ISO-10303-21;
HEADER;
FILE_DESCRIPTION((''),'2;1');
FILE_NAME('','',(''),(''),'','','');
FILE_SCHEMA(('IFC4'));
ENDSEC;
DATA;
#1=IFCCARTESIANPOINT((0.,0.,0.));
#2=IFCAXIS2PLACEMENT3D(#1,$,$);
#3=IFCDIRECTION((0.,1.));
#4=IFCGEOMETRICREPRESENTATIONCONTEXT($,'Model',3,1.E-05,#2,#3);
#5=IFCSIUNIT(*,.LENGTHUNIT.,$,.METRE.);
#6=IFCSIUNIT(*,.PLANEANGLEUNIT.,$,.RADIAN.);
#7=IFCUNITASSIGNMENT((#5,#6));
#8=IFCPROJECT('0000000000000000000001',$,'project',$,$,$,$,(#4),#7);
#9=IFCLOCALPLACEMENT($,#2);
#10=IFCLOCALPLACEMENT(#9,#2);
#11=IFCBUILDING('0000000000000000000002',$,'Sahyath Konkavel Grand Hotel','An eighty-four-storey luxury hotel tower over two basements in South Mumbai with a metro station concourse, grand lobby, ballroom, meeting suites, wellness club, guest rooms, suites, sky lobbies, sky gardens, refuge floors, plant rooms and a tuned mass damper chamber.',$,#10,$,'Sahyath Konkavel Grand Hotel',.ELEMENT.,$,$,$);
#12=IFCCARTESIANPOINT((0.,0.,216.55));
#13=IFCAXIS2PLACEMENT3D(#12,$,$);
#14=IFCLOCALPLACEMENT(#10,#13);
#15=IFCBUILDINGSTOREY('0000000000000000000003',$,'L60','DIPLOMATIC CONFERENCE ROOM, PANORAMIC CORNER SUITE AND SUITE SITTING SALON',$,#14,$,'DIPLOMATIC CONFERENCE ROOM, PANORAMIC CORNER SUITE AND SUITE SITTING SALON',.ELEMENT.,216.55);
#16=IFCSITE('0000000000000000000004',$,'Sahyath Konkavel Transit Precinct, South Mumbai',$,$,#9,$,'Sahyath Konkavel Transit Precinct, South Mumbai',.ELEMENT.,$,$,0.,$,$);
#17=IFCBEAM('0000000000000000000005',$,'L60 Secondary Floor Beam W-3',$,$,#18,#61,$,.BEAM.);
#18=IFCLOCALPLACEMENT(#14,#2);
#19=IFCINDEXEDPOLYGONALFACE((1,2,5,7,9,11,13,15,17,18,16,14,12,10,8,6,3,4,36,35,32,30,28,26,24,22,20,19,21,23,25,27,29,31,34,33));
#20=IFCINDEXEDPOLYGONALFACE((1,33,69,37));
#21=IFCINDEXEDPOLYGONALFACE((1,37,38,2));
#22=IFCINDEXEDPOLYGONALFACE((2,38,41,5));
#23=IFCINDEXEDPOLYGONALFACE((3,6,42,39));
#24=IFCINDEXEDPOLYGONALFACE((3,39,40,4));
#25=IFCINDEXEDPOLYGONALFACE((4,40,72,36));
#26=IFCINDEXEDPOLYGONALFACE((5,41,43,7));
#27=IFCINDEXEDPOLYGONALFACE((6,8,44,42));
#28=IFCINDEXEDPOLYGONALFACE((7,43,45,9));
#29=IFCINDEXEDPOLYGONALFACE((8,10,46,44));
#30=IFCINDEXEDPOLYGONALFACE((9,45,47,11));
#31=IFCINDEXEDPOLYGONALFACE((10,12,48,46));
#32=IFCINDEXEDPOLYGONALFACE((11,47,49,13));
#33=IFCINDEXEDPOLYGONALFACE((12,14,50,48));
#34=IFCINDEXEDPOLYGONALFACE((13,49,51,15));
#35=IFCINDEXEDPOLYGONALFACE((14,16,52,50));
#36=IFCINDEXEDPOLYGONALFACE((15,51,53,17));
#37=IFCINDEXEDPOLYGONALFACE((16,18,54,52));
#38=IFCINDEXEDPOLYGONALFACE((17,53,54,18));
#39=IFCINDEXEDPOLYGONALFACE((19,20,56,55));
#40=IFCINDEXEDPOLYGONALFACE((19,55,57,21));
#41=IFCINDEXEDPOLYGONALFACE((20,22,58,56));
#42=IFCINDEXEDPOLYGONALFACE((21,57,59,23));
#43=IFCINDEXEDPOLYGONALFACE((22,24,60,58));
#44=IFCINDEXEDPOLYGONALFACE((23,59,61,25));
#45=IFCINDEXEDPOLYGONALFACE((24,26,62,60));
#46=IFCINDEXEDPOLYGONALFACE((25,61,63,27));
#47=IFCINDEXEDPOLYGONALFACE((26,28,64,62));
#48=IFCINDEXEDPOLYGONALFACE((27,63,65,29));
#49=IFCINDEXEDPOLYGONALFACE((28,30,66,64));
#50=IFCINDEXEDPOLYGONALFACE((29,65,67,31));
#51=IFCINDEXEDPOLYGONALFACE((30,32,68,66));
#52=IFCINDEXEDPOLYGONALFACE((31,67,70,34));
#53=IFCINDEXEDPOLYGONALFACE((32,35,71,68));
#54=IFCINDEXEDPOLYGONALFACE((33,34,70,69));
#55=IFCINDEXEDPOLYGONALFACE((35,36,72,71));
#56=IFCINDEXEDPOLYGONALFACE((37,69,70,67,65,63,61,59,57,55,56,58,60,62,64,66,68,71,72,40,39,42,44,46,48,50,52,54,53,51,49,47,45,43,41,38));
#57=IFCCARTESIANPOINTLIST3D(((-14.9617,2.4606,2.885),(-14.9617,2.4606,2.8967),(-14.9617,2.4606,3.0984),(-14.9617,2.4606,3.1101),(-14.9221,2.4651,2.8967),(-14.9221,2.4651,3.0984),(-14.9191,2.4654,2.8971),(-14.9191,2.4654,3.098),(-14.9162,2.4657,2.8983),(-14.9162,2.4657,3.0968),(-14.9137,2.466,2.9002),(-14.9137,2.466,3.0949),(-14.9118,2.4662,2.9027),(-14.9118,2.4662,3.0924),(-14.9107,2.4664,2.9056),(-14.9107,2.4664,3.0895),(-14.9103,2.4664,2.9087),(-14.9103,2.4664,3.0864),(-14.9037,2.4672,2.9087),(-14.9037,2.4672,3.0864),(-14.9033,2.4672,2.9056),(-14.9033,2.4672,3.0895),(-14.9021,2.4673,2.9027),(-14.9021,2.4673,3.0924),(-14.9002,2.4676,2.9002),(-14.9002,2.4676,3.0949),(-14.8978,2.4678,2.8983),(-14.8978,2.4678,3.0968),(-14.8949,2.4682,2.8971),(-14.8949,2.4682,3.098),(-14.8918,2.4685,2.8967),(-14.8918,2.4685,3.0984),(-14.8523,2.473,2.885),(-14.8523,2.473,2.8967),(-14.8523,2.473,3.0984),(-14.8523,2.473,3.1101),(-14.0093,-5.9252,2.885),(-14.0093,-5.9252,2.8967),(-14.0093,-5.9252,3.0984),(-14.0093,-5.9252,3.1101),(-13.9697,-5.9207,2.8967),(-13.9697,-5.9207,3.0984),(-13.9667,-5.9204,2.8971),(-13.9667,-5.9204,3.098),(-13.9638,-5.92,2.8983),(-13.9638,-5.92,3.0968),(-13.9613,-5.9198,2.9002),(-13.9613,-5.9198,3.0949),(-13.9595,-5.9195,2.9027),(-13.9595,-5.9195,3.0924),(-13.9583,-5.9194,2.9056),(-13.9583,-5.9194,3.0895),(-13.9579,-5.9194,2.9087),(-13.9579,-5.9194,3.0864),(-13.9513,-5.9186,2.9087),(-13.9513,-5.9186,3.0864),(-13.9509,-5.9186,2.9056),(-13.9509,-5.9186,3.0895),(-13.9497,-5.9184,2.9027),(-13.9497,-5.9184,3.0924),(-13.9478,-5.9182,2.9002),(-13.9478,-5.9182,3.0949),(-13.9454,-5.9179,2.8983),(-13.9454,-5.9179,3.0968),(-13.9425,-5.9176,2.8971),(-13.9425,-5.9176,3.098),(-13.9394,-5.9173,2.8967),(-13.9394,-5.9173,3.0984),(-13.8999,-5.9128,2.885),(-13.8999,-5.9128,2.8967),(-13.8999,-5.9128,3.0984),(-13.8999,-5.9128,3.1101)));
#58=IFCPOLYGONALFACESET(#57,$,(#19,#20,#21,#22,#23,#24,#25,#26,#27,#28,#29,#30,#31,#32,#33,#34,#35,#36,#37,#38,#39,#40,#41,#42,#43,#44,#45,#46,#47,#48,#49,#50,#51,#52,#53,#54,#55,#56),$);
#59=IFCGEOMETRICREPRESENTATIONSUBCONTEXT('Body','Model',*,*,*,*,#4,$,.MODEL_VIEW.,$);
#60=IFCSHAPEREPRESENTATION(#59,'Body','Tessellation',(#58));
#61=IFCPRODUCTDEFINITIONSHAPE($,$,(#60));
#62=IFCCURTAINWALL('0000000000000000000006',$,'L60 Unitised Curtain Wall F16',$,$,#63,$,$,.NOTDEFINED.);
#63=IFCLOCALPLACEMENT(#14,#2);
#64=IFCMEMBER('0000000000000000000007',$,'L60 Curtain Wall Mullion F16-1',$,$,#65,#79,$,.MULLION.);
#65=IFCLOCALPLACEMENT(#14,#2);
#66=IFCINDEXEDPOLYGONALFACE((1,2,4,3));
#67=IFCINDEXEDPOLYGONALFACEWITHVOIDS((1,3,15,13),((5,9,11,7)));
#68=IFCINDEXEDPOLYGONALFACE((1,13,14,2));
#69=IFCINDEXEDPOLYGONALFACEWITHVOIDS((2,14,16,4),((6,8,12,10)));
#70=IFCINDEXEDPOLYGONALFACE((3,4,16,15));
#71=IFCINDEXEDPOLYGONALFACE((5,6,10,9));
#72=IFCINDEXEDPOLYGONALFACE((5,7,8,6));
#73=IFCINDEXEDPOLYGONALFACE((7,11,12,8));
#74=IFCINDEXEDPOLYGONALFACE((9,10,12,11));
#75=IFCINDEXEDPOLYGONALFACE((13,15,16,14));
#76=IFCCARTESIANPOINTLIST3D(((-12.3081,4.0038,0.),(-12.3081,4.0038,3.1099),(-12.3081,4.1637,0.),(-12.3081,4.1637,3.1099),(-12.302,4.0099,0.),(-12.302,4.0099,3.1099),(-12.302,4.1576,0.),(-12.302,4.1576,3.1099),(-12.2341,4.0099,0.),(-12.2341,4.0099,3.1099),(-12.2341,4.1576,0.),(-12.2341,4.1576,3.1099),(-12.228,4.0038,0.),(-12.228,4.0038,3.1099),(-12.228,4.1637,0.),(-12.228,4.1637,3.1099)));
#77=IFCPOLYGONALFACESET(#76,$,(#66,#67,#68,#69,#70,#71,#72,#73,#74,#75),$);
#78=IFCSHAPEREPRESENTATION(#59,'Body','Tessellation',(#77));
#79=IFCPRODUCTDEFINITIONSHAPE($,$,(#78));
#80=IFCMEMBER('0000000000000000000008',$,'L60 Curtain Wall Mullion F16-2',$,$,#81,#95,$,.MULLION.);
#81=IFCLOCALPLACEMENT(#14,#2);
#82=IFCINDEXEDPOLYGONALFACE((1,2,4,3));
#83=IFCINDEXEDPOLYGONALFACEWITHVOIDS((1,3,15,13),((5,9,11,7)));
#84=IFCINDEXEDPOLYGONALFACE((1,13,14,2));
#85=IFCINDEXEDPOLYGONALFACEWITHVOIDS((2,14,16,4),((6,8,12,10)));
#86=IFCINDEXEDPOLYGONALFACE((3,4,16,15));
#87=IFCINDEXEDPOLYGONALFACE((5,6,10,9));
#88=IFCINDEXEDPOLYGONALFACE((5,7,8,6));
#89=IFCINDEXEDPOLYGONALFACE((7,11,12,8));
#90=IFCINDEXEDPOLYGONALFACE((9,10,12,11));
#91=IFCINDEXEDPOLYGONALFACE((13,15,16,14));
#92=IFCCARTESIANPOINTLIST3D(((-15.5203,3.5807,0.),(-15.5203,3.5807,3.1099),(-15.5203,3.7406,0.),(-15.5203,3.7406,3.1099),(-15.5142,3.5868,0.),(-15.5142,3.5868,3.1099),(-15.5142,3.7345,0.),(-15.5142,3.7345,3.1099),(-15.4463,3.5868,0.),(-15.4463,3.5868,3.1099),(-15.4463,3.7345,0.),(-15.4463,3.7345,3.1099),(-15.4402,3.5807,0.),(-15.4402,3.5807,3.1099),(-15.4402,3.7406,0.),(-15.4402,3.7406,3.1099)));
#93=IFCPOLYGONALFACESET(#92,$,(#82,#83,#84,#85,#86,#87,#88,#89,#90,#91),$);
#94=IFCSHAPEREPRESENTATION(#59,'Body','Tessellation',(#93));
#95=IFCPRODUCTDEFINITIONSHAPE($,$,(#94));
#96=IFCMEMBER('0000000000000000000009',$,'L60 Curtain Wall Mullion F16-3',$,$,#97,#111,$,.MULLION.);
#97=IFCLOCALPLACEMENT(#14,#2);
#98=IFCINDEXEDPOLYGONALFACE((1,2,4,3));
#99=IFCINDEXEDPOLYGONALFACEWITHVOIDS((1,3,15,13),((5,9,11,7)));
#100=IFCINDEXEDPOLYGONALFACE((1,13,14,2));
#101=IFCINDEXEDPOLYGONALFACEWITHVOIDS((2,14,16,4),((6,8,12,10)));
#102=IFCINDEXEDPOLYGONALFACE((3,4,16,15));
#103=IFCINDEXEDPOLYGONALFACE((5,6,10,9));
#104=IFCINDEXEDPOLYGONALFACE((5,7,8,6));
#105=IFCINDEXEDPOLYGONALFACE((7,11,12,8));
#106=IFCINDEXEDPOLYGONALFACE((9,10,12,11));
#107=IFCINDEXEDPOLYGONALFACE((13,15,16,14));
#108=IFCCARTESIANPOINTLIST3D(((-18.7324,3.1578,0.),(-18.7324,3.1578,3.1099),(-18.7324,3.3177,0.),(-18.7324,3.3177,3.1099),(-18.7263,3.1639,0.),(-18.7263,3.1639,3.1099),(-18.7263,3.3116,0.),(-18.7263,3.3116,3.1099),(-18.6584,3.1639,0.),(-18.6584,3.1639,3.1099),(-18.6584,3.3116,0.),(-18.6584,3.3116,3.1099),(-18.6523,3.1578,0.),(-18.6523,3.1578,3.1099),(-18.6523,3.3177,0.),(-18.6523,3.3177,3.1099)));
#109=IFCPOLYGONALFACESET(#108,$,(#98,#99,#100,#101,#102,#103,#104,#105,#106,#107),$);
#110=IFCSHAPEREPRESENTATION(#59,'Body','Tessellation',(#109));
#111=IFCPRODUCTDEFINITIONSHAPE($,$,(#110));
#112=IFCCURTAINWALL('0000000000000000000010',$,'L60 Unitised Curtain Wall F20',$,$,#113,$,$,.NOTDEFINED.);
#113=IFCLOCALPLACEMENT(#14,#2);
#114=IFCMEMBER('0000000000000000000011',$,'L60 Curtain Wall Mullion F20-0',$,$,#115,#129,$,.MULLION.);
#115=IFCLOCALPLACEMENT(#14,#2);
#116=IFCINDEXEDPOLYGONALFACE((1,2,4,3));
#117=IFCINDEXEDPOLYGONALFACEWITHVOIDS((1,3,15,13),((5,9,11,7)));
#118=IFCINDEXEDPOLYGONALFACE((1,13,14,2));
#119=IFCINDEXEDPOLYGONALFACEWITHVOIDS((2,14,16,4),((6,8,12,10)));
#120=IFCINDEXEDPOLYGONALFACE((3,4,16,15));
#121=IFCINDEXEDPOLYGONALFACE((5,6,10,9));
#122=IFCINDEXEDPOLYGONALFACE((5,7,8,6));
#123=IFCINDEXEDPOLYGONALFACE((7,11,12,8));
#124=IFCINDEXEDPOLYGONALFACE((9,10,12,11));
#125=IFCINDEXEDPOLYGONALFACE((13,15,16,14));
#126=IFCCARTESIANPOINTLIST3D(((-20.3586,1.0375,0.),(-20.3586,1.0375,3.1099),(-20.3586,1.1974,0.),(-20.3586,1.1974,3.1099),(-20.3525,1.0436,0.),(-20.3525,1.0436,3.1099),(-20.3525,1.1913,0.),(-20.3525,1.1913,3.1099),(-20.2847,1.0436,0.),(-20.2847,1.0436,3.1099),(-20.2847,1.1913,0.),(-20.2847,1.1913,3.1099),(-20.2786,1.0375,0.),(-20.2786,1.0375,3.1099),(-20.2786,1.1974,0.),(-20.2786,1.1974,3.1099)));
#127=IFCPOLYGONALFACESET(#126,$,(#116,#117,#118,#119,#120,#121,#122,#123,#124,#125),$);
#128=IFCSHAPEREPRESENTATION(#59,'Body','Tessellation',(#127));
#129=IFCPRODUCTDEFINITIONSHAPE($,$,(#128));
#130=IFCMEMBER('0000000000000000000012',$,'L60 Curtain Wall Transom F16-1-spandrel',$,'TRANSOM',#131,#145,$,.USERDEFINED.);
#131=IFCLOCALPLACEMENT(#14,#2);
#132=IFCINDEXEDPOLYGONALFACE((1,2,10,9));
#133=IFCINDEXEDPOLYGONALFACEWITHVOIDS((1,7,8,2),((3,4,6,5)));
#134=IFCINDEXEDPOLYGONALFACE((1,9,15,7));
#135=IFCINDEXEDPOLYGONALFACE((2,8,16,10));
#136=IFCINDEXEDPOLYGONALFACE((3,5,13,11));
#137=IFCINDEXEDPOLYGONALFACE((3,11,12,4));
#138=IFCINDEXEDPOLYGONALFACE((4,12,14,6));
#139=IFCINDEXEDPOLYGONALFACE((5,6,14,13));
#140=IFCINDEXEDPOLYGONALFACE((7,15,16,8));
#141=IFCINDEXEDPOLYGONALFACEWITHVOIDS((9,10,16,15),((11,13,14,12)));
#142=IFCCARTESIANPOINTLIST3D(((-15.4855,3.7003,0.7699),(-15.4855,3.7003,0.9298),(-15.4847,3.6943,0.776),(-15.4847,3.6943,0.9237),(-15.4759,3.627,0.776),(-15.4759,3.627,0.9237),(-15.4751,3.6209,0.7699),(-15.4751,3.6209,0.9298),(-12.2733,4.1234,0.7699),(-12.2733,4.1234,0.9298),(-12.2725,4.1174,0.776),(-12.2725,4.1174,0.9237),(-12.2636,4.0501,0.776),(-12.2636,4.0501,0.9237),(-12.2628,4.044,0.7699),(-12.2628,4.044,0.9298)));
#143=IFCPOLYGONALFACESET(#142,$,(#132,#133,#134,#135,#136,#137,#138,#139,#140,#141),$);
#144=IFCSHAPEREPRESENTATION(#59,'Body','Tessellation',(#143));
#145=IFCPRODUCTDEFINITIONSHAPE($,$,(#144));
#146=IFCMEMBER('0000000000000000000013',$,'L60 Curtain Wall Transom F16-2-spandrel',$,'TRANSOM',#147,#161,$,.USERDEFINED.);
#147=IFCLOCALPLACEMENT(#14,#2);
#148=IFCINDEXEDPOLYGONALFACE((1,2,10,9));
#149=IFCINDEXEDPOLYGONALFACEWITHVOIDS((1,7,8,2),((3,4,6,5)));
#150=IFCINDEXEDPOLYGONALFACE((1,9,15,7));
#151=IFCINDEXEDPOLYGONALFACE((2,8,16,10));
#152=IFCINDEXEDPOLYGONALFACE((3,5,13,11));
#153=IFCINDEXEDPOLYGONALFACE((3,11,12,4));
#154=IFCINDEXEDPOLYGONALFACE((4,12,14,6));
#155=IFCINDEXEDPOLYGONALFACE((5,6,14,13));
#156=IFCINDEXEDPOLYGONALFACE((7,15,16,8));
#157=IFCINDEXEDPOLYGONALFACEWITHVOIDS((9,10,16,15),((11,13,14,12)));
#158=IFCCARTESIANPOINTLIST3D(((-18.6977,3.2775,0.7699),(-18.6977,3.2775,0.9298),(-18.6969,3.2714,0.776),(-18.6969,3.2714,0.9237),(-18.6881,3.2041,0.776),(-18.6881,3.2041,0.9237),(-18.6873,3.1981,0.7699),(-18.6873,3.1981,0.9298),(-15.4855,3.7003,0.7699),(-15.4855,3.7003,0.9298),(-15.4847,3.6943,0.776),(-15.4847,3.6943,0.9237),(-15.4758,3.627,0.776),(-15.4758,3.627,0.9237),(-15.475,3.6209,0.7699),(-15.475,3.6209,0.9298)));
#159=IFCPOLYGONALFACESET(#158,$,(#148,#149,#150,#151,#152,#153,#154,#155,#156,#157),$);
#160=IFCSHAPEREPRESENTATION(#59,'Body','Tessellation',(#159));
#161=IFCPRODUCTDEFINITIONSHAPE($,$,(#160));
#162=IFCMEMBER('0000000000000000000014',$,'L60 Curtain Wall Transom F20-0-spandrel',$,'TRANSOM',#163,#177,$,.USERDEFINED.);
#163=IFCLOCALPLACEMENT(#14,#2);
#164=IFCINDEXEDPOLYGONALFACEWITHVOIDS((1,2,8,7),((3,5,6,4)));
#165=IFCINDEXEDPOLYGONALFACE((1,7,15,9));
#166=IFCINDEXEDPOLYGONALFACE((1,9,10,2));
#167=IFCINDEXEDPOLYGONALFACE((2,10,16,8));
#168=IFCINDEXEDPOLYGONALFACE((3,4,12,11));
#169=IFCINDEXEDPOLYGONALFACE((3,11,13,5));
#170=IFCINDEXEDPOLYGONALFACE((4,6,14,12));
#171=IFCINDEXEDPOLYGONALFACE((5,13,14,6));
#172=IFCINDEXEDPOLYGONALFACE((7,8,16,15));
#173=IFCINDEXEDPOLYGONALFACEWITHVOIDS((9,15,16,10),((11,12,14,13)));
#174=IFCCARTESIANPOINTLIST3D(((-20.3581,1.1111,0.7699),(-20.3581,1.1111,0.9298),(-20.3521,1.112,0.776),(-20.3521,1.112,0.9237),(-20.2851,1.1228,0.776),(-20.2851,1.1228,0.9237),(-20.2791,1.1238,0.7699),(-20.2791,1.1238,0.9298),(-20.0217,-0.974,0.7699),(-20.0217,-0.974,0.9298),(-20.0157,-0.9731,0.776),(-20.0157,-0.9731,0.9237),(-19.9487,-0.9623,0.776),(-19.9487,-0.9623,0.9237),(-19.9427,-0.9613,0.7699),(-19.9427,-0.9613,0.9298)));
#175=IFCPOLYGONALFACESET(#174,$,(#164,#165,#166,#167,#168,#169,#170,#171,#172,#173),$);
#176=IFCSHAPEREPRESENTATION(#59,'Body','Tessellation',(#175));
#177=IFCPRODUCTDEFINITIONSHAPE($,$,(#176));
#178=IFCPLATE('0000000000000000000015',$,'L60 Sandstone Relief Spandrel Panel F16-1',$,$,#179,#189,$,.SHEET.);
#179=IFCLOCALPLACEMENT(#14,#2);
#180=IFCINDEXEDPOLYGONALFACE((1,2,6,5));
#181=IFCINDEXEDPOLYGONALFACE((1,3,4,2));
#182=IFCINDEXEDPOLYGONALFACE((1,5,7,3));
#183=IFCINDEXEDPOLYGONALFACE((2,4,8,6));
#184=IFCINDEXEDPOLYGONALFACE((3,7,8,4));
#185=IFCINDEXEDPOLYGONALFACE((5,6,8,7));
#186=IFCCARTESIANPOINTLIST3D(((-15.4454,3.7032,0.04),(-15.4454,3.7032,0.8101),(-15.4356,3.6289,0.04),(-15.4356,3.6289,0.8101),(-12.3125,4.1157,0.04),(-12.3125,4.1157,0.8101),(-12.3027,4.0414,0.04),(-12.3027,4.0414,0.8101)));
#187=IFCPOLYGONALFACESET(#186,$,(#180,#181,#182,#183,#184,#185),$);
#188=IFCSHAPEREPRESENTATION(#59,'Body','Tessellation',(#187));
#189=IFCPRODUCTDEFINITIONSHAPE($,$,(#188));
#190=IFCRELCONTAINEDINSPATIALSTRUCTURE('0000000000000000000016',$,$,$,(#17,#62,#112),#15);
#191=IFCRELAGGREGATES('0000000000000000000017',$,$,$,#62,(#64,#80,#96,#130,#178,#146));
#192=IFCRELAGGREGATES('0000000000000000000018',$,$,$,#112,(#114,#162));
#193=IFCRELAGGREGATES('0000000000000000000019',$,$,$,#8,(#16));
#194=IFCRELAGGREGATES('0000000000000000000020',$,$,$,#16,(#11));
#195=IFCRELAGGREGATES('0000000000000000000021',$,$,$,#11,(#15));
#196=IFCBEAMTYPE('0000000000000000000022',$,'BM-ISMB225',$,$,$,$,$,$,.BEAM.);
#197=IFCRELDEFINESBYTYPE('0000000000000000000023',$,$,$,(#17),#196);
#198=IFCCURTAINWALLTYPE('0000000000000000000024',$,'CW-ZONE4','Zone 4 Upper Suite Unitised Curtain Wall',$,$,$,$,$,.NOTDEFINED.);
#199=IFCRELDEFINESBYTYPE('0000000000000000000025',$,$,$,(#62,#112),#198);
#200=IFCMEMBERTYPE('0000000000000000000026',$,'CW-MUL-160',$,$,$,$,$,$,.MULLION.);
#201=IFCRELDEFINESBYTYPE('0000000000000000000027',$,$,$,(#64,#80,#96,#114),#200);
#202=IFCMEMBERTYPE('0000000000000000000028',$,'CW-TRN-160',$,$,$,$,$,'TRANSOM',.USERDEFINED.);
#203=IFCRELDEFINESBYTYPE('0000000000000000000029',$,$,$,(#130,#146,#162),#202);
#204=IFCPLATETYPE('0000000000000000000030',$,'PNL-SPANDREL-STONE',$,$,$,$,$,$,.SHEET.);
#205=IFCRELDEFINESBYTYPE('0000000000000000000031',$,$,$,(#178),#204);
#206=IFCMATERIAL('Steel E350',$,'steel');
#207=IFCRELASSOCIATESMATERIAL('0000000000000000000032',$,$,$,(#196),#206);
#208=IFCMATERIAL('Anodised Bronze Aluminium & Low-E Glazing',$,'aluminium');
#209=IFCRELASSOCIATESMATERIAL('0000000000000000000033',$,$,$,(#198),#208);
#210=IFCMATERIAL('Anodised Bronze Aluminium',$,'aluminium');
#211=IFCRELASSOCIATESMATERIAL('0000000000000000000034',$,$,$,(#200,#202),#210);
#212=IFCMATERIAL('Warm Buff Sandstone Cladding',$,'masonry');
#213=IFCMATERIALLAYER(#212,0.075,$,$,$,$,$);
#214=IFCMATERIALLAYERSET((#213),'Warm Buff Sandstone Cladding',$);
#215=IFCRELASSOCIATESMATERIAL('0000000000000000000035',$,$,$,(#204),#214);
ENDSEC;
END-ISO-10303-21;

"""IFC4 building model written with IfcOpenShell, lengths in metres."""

from ifc_helpers import new_model, si_unit, direction, frame, origin, origin_2d, place, context, subcontext, project, spatial, rectangle, hollow_rectangle, i_section, extrude, source, transform, mapped, material, layer, layer_set, material_profile, profile_set, type_object, element, aggregate, save


model = new_model("IFC4")

# Units and contexts
model_context = context("Model", 3, precision=1e-05, world=origin(), true_north=direction((0.0, 1.0)))
body_context = subcontext(model_context, "Body", "Model", "MODEL_VIEW")
ifc_project = project(units=[si_unit("LENGTHUNIT", "METRE"), si_unit("PLANEANGLEUNIT", "RADIAN")], contexts=[model_context])

# Site, building, storey
site_placement = place(None, origin())
site = spatial("IfcSite", under=ifc_project, at=site_placement, Name="Sahyath Konkavel Transit Precinct, South Mumbai", LongName="Sahyath Konkavel Transit Precinct, South Mumbai", CompositionType="ELEMENT", RefElevation=0.0)
building_placement = place(site_placement, origin())
building = spatial("IfcBuilding", under=site, at=building_placement, Name="Sahyath Konkavel Grand Hotel", Description="An eighty-four-storey luxury hotel tower over two basements in South Mumbai with a metro station concourse, grand lobby, ballroom, meeting suites, wellness club, guest rooms, suites, sky lobbies, sky gardens, refuge floors, plant rooms and a tuned mass damper chamber.", LongName="Sahyath Konkavel Grand Hotel", CompositionType="ELEMENT")
storey_placement = place(building_placement, frame((0.0, 0.0, 216.55)))
storey = spatial("IfcBuildingStorey", under=building, at=storey_placement, Name="L60", Description="DIPLOMATIC CONFERENCE ROOM, PANORAMIC CORNER SUITE AND SUITE SITTING SALON", LongName="DIPLOMATIC CONFERENCE ROOM, PANORAMIC CORNER SUITE AND SUITE SITTING SALON", CompositionType="ELEMENT", Elevation=216.55)

# Beam
ifc_material_1 = material(Name="Steel E350", Category="steel")
ifc_material_profile_1 = material_profile(ifc_material_1, i_section(OverallWidth=0.1101, OverallDepth=0.2251, WebThickness=0.0066, FlangeThickness=0.0117, FilletRadius=0.012, at=origin_2d()), Name="ISMB 225")
ifc_profile_set_1 = profile_set([ifc_material_profile_1], Name="Steel E350")
beam_type_1 = type_object("IfcBeamType", Name="BM-ISMB225", PredefinedType="BEAM", material=ifc_profile_set_1)
shared_shape_1 = source(origin(), body_context, "Body", "SweptSolid", [
    extrude(i_section(OverallWidth=0.1101, OverallDepth=0.2251, WebThickness=0.0066, FlangeThickness=0.0117, FilletRadius=0.012, at=origin_2d()), origin(), (0.0, 0.0, 1.0), 8.4397),
])
beam_1_placement = place(storey_placement, frame((-14.907, 2.4668, 2.9976), z_axis=(0.112847, -0.993612, 0.0), x_axis=(0.993612, 0.112847, 0.0)))
element("IfcBeam", 1, at=beam_1_placement, inside=storey, type_object=beam_type_1, Name="L60 Secondary Floor Beam W-3", PredefinedType="BEAM", context=body_context, shape_type="MappedRepresentation", body=[
    mapped(shared_shape_1, transform((0.0, 0.0, 0.0), scale=1.0)),
])

# Curtain wall, members
ifc_material_2 = material(Name="Anodised Bronze Aluminium & Low-E Glazing", Category="aluminium")
curtain_wall_type = type_object("IfcCurtainWallType", Name="CW-ZONE4", Description="Zone 4 Upper Suite Unitised Curtain Wall", PredefinedType="NOTDEFINED", material=ifc_material_2)
curtain_wall_1_placement = place(storey_placement, origin())
curtain_wall_1 = element("IfcCurtainWall", 2, at=curtain_wall_1_placement, inside=storey, type_object=curtain_wall_type, Name="L60 Unitised Curtain Wall F16", PredefinedType="NOTDEFINED")
ifc_material_3 = material(Name="Anodised Bronze Aluminium", Category="aluminium")
ifc_material_profile_2 = material_profile(ifc_material_3, hollow_rectangle(XDim=0.0801, YDim=0.1599, WallThickness=0.0061, at=origin_2d()), Name="RHS 160x80x6")
ifc_profile_set_2 = profile_set([ifc_material_profile_2], Name="Anodised Bronze Aluminium")
member_type_1 = type_object("IfcMemberType", Name="CW-MUL-160", PredefinedType="MULLION", material=ifc_profile_set_2)
shared_shape_2 = source(origin(), body_context, "Body", "SweptSolid", [
    extrude(hollow_rectangle(XDim=0.0801, YDim=0.1599, WallThickness=0.0061, at=origin_2d()), origin(), (0.0, 0.0, 1.0), 3.1099),
])
member_1_placement = place(storey_placement, frame((-12.2681, 4.0837, 0.0), z_axis=(0.0, 0.0, 1.0), x_axis=(1.0, 0.0, 0.0)))
member_1 = element("IfcMember", 3, at=member_1_placement, type_object=member_type_1, Name="L60 Curtain Wall Mullion F16-1", PredefinedType="MULLION", context=body_context, shape_type="MappedRepresentation", body=[
    mapped(shared_shape_2, transform((0.0, 0.0, 0.0), scale=1.0)),
])
member_2_placement = place(storey_placement, frame((-15.4802, 3.6606, 0.0), z_axis=(0.0, 0.0, 1.0), x_axis=(1.0, 0.0, 0.0)))
member_2 = element("IfcMember", 4, at=member_2_placement, type_object=member_type_1, Name="L60 Curtain Wall Mullion F16-2", PredefinedType="MULLION", context=body_context, shape_type="MappedRepresentation", body=[
    mapped(shared_shape_2, transform((0.0, 0.0, 0.0), scale=1.0)),
])
member_3_placement = place(storey_placement, frame((-18.6924, 3.2378, 0.0), z_axis=(0.0, 0.0, 1.0), x_axis=(1.0, 0.0, 0.0)))
member_3 = element("IfcMember", 5, at=member_3_placement, type_object=member_type_1, Name="L60 Curtain Wall Mullion F16-3", PredefinedType="MULLION", context=body_context, shape_type="MappedRepresentation", body=[
    mapped(shared_shape_2, transform((0.0, 0.0, 0.0), scale=1.0)),
])

# Curtain wall, member
curtain_wall_2_placement = place(storey_placement, origin())
curtain_wall_2 = element("IfcCurtainWall", 6, at=curtain_wall_2_placement, inside=storey, type_object=curtain_wall_type, Name="L60 Unitised Curtain Wall F20", PredefinedType="NOTDEFINED")
member_4_placement = place(storey_placement, frame((-20.3186, 1.1174, 0.0), z_axis=(0.0, 0.0, 1.0), x_axis=(1.0, 0.0, 0.0)))
member_4 = element("IfcMember", 7, at=member_4_placement, type_object=member_type_1, Name="L60 Curtain Wall Mullion F20-0", PredefinedType="MULLION", context=body_context, shape_type="MappedRepresentation", body=[
    mapped(shared_shape_2, transform((0.0, 0.0, 0.0), scale=1.0)),
])

# Members
ifc_material_profile_3 = material_profile(ifc_material_3, hollow_rectangle(XDim=0.0801, YDim=0.1599, WallThickness=0.0061, at=origin_2d()), Name="RHS 160x80x6")
ifc_profile_set_3 = profile_set([ifc_material_profile_3], Name="Anodised Bronze Aluminium")
member_type_2 = type_object("IfcMemberType", Name="CW-TRN-160", ElementType="TRANSOM", PredefinedType="USERDEFINED", material=ifc_profile_set_3)
shared_shape_3 = source(origin(), body_context, "Body", "SweptSolid", [
    extrude(hollow_rectangle(XDim=0.0801, YDim=0.1599, WallThickness=0.0061, at=origin_2d()), origin(), (0.0, 0.0, 1.0), 3.24),
])
member_5_placement = place(storey_placement, frame((-12.2681, 4.0837, 0.8499), z_axis=(-0.991437, -0.130589, 0.0), x_axis=(0.130589, -0.991437, 0.0)))
member_5 = element("IfcMember", 8, at=member_5_placement, type_object=member_type_2, Name="L60 Curtain Wall Transom F16-1-spandrel", ObjectType="TRANSOM", PredefinedType="USERDEFINED", context=body_context, shape_type="MappedRepresentation", body=[
    mapped(shared_shape_3, transform((0.0, 0.0, 0.0), scale=1.0)),
])
member_6_placement = place(storey_placement, frame((-15.4802, 3.6606, 0.8499), z_axis=(-0.991446, -0.130515, 0.0), x_axis=(0.130515, -0.991446, 0.0)))
member_6 = element("IfcMember", 9, at=member_6_placement, type_object=member_type_2, Name="L60 Curtain Wall Transom F16-2-spandrel", ObjectType="TRANSOM", PredefinedType="USERDEFINED", context=body_context, shape_type="MappedRepresentation", body=[
    mapped(shared_shape_3, transform((0.0, 0.0, 0.0), scale=1.0)),
])
shared_shape_4 = source(origin(), body_context, "Body", "SweptSolid", [
    extrude(hollow_rectangle(XDim=0.0801, YDim=0.1599, WallThickness=0.0061, at=origin_2d()), origin(), (0.0, 0.0, 1.0), 2.1121),
])
member_7_placement = place(storey_placement, frame((-20.3186, 1.1174, 0.8499), z_axis=(0.15928, -0.987233, 0.0), x_axis=(0.987233, 0.15928, 0.0)))
member_7 = element("IfcMember", 10, at=member_7_placement, type_object=member_type_2, Name="L60 Curtain Wall Transom F20-0-spandrel", ObjectType="TRANSOM", PredefinedType="USERDEFINED", context=body_context, shape_type="MappedRepresentation", body=[
    mapped(shared_shape_4, transform((0.0, 0.0, 0.0), scale=1.0)),
])

# Plate
ifc_material_4 = material(Name="Warm Buff Sandstone Cladding", Category="masonry")
ifc_layer_1 = layer(ifc_material_4, 0.075)
ifc_layer_set_1 = layer_set([ifc_layer_1], Name="Warm Buff Sandstone Cladding")
plate_type_1 = type_object("IfcPlateType", Name="PNL-SPANDREL-STONE", PredefinedType="SHEET", material=ifc_layer_set_1)
shared_shape_5 = source(origin(), body_context, "Body", "SweptSolid", [
    extrude(rectangle(XDim=3.1599, YDim=0.075, at=origin_2d()), origin(), (0.0, 0.0, 1.0), 0.77),
])
plate_1_placement = place(storey_placement, frame((-13.874, 3.8723, 0.04), z_axis=(0.0, 0.0, 1.0), x_axis=(-0.991445, -0.130526, 0.0)))
plate_1 = element("IfcPlate", 11, at=plate_1_placement, type_object=plate_type_1, Name="L60 Sandstone Relief Spandrel Panel F16-1", PredefinedType="SHEET", context=body_context, shape_type="MappedRepresentation", body=[
    mapped(shared_shape_5, transform((0.0, 0.0, 0.0), scale=1.0)),
])
aggregate(curtain_wall_1, [member_1, member_2, member_3, member_5, plate_1, member_6])
aggregate(curtain_wall_2, [member_4, member_7])

save(model, "model.ifc")
